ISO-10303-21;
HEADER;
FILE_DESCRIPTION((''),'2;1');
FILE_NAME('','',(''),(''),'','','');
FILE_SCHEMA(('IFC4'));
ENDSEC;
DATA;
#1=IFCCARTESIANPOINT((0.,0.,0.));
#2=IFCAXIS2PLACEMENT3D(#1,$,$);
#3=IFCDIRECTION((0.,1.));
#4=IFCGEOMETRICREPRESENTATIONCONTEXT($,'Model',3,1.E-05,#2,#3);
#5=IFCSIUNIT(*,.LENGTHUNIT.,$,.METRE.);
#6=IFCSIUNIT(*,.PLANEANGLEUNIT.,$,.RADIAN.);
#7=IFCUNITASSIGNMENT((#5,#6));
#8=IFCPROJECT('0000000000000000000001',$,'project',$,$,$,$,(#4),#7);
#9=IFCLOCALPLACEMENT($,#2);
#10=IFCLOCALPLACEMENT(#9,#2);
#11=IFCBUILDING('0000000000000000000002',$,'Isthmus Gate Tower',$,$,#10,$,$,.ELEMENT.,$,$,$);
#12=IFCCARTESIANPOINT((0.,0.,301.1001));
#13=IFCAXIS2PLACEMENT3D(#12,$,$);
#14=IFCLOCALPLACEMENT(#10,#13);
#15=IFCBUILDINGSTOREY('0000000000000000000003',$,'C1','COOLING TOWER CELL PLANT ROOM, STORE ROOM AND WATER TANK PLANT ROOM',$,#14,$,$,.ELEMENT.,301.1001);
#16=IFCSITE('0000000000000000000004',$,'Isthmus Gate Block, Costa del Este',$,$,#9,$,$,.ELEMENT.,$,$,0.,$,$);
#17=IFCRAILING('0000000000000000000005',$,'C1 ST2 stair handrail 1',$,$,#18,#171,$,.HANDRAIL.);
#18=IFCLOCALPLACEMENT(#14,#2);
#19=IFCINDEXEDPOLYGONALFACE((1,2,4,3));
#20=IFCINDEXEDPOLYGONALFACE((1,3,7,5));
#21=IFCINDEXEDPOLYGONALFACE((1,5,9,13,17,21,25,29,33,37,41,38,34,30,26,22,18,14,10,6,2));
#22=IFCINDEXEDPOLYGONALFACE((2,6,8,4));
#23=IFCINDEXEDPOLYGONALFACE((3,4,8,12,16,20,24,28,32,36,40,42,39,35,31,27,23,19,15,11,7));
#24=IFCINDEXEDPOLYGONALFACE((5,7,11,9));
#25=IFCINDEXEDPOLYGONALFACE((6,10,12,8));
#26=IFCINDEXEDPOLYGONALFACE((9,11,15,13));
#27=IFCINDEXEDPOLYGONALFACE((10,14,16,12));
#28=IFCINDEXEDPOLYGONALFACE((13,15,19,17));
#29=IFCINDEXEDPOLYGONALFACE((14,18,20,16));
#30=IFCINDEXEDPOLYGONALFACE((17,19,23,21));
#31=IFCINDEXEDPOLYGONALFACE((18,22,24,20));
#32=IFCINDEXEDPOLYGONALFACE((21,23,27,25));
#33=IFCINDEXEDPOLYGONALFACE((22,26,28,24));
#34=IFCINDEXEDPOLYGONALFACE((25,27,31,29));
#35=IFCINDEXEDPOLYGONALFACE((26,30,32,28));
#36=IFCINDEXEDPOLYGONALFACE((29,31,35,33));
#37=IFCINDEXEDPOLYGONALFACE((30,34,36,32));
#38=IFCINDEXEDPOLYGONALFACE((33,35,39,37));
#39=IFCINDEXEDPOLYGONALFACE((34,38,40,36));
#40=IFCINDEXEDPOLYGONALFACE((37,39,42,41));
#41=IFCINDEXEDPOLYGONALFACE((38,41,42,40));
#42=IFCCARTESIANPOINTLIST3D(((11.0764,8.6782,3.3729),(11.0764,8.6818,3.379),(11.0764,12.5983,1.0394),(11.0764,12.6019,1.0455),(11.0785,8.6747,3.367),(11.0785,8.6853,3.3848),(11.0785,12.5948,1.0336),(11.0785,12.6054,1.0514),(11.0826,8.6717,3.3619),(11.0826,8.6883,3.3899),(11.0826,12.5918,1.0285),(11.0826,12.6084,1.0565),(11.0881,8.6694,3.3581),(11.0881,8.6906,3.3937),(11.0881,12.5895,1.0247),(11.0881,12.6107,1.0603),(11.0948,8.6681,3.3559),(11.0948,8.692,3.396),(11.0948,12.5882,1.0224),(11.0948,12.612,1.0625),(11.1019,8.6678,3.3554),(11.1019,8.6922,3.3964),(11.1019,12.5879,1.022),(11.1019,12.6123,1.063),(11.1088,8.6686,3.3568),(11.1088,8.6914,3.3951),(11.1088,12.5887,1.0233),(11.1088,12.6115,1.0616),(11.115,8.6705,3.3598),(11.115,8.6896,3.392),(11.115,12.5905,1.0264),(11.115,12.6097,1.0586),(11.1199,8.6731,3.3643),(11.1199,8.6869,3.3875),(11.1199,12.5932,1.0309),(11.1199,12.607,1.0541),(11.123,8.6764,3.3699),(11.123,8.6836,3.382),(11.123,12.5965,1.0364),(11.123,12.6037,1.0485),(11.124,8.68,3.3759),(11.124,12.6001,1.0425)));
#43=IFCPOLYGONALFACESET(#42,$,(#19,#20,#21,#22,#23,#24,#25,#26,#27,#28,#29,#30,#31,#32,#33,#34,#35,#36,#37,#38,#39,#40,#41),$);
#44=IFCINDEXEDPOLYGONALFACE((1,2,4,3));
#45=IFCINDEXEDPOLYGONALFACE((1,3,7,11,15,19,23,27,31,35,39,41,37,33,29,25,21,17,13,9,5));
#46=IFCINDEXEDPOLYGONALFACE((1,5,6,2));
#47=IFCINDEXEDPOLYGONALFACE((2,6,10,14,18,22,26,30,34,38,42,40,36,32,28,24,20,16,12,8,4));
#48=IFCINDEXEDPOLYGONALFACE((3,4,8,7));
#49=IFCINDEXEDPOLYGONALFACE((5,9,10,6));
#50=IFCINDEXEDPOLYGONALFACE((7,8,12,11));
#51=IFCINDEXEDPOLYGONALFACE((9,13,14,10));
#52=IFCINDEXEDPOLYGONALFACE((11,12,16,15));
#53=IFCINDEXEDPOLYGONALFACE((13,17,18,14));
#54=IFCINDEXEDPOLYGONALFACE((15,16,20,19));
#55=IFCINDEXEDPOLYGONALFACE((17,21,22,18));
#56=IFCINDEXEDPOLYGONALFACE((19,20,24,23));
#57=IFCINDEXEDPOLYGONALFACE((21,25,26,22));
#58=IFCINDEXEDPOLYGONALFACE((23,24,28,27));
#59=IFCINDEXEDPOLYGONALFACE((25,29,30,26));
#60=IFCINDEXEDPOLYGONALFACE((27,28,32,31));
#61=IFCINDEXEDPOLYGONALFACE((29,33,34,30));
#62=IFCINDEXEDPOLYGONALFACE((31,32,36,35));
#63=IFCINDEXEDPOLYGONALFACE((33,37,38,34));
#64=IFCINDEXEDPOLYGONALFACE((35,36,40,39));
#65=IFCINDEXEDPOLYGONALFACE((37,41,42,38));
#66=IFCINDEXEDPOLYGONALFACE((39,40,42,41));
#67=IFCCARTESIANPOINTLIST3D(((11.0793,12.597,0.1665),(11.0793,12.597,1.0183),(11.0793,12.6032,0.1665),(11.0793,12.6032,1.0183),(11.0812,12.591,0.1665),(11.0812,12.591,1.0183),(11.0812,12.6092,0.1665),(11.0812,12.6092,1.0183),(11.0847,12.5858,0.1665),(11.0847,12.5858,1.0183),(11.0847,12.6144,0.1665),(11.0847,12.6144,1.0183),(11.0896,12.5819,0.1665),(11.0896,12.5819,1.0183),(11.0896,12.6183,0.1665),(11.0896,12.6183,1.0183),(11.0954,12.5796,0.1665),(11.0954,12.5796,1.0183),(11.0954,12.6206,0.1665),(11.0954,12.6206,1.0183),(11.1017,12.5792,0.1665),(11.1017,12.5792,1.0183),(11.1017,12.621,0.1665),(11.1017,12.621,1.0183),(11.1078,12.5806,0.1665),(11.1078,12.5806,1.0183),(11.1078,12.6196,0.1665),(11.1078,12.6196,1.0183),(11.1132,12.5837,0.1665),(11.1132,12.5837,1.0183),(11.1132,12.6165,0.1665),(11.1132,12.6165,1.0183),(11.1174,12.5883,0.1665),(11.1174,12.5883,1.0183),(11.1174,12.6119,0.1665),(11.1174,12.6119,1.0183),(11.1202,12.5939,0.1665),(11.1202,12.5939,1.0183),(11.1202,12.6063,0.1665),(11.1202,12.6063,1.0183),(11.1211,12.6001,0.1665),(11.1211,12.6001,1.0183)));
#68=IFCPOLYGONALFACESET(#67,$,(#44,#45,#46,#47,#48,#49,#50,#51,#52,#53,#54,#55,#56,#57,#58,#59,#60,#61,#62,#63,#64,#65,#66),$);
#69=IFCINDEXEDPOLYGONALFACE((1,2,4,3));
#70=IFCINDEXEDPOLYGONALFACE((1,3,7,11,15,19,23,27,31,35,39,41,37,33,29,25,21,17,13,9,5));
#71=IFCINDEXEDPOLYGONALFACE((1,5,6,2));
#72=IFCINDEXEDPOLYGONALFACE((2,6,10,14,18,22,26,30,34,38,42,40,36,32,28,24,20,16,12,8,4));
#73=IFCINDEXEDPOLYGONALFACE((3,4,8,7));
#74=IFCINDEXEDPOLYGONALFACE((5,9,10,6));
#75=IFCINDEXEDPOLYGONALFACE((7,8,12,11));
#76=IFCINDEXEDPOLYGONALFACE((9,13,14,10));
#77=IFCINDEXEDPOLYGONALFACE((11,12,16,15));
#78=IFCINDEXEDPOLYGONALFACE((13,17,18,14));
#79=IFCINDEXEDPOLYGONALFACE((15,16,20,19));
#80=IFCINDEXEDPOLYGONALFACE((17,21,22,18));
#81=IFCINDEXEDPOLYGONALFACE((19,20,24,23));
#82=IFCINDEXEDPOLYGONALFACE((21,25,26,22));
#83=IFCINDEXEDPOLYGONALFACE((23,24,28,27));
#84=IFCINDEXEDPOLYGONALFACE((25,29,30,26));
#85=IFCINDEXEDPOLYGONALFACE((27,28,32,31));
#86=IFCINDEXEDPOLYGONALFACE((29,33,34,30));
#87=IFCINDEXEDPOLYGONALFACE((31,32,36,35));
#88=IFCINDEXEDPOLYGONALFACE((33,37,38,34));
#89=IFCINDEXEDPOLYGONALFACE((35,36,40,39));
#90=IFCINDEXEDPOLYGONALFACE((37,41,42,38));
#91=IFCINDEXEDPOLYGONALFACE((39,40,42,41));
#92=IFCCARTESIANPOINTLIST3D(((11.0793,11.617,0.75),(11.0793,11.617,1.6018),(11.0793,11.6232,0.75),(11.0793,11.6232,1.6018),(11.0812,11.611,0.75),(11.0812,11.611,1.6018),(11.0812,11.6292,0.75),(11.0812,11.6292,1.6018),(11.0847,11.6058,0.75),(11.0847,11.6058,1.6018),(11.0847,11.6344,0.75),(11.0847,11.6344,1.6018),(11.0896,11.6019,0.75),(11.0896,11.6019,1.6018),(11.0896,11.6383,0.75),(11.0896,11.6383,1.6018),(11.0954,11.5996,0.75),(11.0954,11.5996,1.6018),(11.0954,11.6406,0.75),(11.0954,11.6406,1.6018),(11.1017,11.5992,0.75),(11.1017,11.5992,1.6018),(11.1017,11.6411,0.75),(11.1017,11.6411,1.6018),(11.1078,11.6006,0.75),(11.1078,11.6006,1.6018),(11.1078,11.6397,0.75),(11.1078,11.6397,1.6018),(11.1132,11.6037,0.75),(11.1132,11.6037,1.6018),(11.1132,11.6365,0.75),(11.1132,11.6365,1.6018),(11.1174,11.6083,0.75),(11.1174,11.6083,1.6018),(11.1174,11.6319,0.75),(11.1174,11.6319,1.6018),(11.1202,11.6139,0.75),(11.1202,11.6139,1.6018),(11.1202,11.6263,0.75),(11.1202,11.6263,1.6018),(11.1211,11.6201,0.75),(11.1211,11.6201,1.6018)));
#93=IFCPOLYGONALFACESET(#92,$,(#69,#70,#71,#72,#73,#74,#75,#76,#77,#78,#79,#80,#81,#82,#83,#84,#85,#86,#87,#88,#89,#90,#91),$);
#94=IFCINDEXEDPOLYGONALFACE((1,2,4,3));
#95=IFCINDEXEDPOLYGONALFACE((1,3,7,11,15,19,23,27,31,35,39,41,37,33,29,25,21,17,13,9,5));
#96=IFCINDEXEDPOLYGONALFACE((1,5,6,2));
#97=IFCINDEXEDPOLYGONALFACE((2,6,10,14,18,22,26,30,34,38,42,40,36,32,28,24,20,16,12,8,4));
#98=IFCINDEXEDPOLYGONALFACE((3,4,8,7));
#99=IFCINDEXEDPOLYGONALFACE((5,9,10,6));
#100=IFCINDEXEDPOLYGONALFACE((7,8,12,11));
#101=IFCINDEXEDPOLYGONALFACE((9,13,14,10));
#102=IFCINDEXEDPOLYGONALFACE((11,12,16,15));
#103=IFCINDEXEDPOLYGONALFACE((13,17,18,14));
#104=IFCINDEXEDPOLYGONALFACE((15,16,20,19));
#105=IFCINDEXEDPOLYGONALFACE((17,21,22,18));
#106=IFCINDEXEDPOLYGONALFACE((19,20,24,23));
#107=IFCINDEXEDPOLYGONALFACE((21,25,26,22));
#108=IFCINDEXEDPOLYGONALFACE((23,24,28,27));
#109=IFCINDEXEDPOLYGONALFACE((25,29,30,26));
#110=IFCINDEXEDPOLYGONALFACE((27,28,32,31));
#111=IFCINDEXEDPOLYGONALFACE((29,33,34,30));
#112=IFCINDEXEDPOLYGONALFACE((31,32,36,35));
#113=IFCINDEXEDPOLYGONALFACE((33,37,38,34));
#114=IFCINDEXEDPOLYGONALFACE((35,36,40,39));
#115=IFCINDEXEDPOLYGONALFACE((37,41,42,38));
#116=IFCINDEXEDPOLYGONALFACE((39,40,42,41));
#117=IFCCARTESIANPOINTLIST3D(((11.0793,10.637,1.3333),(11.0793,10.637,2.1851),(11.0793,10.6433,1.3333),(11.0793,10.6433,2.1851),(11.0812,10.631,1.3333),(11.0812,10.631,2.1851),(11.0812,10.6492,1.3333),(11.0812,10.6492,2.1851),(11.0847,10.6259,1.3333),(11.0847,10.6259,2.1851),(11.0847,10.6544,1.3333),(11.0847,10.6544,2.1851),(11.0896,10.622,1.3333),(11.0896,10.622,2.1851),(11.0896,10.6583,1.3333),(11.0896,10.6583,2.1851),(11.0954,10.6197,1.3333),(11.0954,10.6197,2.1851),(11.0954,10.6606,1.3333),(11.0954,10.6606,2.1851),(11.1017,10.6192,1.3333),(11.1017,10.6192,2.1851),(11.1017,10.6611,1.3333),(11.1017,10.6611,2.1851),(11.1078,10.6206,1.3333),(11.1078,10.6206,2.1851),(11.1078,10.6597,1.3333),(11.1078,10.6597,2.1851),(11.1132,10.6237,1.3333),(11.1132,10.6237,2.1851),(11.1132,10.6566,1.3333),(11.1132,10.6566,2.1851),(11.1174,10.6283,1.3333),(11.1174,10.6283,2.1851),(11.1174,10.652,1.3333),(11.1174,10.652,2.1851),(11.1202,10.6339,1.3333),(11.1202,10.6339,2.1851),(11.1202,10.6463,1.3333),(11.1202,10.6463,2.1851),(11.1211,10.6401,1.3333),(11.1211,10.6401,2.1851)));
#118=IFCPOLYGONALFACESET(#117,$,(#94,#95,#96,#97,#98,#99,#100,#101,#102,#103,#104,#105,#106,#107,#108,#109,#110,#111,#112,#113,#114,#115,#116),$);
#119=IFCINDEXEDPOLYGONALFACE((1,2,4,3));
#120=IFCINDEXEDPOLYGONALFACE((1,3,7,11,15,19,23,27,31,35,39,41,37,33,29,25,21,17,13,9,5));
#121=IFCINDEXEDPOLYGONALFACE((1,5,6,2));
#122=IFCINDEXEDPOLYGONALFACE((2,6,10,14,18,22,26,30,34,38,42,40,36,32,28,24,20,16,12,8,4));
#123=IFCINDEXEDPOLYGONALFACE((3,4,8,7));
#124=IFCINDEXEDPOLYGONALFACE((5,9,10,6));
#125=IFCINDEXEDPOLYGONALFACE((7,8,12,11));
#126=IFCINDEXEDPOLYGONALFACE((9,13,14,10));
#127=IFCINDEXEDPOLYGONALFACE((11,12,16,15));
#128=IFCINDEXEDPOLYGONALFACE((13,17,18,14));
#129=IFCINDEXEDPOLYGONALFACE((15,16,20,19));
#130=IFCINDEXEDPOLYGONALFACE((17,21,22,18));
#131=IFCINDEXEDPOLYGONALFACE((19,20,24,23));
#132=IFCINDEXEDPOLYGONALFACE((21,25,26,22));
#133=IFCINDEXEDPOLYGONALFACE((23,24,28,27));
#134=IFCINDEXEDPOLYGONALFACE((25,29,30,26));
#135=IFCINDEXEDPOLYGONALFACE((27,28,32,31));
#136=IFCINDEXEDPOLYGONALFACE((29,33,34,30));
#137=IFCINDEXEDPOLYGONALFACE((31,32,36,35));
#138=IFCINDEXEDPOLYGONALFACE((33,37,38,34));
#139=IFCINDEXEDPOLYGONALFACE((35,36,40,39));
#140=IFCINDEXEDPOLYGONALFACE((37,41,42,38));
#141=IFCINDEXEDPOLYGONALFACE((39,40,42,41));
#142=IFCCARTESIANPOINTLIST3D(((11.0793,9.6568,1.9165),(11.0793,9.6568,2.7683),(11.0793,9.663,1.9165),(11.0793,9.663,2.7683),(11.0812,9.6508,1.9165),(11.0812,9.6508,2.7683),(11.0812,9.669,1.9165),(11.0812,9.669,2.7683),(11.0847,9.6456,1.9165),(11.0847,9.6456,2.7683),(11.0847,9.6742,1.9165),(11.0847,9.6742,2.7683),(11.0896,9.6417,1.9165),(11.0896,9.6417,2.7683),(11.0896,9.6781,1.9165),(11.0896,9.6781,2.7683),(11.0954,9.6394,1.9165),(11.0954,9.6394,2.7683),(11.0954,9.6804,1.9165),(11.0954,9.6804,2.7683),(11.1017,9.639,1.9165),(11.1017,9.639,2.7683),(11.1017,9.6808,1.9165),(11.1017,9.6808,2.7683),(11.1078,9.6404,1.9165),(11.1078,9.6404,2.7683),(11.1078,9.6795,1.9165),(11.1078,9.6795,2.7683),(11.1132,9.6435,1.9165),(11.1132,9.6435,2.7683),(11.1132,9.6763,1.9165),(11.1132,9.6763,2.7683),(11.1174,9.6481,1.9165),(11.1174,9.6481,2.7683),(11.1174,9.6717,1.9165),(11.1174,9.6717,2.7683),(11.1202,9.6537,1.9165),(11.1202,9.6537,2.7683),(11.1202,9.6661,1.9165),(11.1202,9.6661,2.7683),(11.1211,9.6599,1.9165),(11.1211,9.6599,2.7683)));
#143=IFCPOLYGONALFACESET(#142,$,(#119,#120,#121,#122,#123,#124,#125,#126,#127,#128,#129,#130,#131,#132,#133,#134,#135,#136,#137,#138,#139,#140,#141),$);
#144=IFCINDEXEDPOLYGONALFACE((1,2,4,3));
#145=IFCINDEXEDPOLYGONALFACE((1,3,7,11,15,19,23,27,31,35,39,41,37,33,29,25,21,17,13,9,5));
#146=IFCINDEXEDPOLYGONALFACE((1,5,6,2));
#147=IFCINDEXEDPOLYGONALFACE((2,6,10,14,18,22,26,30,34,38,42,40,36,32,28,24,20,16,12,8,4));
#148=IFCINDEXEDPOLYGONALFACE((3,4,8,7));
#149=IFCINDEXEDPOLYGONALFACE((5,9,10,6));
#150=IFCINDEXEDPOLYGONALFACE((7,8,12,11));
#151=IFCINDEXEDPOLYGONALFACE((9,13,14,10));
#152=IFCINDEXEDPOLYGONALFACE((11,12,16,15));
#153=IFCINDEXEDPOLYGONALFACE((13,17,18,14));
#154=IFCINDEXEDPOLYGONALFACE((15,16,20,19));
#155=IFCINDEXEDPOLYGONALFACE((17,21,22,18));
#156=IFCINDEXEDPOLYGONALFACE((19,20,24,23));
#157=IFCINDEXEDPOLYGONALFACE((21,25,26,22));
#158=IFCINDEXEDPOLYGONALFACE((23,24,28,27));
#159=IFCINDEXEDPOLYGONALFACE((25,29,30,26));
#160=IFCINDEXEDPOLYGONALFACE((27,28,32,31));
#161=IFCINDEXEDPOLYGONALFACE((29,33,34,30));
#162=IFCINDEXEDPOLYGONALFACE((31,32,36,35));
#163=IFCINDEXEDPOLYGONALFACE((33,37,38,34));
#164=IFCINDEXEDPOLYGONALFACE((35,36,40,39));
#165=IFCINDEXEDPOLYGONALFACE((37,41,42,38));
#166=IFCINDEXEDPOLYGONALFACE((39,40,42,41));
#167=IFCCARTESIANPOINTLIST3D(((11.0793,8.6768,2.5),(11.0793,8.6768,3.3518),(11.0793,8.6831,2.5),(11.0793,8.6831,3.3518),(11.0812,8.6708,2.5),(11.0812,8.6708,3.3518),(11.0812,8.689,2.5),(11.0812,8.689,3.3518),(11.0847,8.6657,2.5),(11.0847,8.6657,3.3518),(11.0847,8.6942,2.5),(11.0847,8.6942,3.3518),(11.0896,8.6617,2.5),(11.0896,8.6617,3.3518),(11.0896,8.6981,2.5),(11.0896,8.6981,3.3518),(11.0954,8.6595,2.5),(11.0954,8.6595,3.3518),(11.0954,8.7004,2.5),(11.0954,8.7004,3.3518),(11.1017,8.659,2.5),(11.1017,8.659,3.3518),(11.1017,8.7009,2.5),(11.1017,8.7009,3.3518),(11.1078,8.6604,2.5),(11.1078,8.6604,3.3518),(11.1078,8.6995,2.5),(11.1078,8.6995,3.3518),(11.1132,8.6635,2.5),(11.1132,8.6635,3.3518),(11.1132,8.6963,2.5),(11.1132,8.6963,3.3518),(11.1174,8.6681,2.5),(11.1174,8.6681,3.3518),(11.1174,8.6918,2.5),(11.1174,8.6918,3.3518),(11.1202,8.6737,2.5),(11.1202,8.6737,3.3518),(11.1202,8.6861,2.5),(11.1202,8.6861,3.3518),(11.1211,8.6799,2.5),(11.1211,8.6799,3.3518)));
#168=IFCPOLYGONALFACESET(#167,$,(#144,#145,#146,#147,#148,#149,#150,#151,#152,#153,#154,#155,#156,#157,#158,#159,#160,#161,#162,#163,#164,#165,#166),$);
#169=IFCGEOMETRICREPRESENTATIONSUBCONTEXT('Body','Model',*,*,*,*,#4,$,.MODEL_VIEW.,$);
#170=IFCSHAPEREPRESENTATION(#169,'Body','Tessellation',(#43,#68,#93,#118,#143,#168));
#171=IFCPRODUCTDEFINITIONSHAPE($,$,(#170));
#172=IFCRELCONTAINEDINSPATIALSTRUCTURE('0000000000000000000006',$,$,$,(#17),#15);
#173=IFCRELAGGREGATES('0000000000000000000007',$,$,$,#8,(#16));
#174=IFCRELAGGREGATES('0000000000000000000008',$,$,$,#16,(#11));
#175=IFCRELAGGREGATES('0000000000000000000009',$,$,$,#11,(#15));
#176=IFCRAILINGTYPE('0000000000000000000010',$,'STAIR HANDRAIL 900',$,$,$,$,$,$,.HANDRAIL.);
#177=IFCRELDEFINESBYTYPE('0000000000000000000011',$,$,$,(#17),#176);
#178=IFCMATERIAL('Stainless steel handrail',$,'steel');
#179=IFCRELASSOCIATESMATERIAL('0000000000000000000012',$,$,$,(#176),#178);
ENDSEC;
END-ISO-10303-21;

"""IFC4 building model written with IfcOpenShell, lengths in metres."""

from ifc_helpers import new_model, si_unit, direction, frame, origin, origin_2d, place, context, subcontext, project, spatial, circle, extrude, material, type_object, element, save


model = new_model("IFC4")

# Units and contexts
model_context = context("Model", 3, precision=1e-05, world=origin(), true_north=direction((0.0, 1.0)))
body_context = subcontext(model_context, "Body", "Model", "MODEL_VIEW")
ifc_project = project(units=[si_unit("LENGTHUNIT", "METRE"), si_unit("PLANEANGLEUNIT", "RADIAN")], contexts=[model_context])

# Site, building, storey
site_placement = place(None, origin())
site = spatial("IfcSite", under=ifc_project, at=site_placement, Name="Isthmus Gate Block, Costa del Este", CompositionType="ELEMENT", RefElevation=0.0)
building_placement = place(site_placement, origin())
building = spatial("IfcBuilding", under=site, at=building_placement, Name="Isthmus Gate Tower", CompositionType="ELEMENT")
storey_placement = place(building_placement, frame((0.0, 0.0, 301.1001)))
storey = spatial("IfcBuildingStorey", under=building, at=storey_placement, Name="C1", Description="COOLING TOWER CELL PLANT ROOM, STORE ROOM AND WATER TANK PLANT ROOM", CompositionType="ELEMENT", Elevation=301.1001)

# Railing
ifc_material_1 = material(Name="Stainless steel handrail", Category="steel")
railing_type = type_object("IfcRailingType", Name="STAIR HANDRAIL 900", PredefinedType="HANDRAIL", material=ifc_material_1)
railing_placement = place(storey_placement, frame((11.1001, 12.6001, 0.1665)))
element("IfcRailing", 1, at=railing_placement, inside=storey, type_object=railing_type, Name="C1 ST2 stair handrail 1", PredefinedType="HANDRAIL", context=body_context, shape_type="SweptSolid", body=[
    extrude(circle(Radius=0.0239, at=origin_2d()), frame((0.0, 0.0, 0.876), z_axis=(0.0, -0.859287, 0.511494), x_axis=(1.0, 0.0, 0.0)), (0.0, 0.0, 1.0), 4.562),
    extrude(circle(Radius=0.021, at=origin_2d()), origin(), (0.0, 0.0, 1.0), 0.8518),
    extrude(circle(Radius=0.021, at=origin_2d()), frame((0.0, -0.98, 0.5835)), (0.0, 0.0, 1.0), 0.8518),
    extrude(circle(Radius=0.021, at=origin_2d()), frame((0.0, -1.96, 1.1667)), (0.0, 0.0, 1.0), 0.8518),
    extrude(circle(Radius=0.021, at=origin_2d()), frame((0.0, -2.9402, 1.75)), (0.0, 0.0, 1.0), 0.8518),
    extrude(circle(Radius=0.021, at=origin_2d()), frame((0.0, -3.9202, 2.3335)), (0.0, 0.0, 1.0), 0.8518),
])

save(model, "model.ifc")
